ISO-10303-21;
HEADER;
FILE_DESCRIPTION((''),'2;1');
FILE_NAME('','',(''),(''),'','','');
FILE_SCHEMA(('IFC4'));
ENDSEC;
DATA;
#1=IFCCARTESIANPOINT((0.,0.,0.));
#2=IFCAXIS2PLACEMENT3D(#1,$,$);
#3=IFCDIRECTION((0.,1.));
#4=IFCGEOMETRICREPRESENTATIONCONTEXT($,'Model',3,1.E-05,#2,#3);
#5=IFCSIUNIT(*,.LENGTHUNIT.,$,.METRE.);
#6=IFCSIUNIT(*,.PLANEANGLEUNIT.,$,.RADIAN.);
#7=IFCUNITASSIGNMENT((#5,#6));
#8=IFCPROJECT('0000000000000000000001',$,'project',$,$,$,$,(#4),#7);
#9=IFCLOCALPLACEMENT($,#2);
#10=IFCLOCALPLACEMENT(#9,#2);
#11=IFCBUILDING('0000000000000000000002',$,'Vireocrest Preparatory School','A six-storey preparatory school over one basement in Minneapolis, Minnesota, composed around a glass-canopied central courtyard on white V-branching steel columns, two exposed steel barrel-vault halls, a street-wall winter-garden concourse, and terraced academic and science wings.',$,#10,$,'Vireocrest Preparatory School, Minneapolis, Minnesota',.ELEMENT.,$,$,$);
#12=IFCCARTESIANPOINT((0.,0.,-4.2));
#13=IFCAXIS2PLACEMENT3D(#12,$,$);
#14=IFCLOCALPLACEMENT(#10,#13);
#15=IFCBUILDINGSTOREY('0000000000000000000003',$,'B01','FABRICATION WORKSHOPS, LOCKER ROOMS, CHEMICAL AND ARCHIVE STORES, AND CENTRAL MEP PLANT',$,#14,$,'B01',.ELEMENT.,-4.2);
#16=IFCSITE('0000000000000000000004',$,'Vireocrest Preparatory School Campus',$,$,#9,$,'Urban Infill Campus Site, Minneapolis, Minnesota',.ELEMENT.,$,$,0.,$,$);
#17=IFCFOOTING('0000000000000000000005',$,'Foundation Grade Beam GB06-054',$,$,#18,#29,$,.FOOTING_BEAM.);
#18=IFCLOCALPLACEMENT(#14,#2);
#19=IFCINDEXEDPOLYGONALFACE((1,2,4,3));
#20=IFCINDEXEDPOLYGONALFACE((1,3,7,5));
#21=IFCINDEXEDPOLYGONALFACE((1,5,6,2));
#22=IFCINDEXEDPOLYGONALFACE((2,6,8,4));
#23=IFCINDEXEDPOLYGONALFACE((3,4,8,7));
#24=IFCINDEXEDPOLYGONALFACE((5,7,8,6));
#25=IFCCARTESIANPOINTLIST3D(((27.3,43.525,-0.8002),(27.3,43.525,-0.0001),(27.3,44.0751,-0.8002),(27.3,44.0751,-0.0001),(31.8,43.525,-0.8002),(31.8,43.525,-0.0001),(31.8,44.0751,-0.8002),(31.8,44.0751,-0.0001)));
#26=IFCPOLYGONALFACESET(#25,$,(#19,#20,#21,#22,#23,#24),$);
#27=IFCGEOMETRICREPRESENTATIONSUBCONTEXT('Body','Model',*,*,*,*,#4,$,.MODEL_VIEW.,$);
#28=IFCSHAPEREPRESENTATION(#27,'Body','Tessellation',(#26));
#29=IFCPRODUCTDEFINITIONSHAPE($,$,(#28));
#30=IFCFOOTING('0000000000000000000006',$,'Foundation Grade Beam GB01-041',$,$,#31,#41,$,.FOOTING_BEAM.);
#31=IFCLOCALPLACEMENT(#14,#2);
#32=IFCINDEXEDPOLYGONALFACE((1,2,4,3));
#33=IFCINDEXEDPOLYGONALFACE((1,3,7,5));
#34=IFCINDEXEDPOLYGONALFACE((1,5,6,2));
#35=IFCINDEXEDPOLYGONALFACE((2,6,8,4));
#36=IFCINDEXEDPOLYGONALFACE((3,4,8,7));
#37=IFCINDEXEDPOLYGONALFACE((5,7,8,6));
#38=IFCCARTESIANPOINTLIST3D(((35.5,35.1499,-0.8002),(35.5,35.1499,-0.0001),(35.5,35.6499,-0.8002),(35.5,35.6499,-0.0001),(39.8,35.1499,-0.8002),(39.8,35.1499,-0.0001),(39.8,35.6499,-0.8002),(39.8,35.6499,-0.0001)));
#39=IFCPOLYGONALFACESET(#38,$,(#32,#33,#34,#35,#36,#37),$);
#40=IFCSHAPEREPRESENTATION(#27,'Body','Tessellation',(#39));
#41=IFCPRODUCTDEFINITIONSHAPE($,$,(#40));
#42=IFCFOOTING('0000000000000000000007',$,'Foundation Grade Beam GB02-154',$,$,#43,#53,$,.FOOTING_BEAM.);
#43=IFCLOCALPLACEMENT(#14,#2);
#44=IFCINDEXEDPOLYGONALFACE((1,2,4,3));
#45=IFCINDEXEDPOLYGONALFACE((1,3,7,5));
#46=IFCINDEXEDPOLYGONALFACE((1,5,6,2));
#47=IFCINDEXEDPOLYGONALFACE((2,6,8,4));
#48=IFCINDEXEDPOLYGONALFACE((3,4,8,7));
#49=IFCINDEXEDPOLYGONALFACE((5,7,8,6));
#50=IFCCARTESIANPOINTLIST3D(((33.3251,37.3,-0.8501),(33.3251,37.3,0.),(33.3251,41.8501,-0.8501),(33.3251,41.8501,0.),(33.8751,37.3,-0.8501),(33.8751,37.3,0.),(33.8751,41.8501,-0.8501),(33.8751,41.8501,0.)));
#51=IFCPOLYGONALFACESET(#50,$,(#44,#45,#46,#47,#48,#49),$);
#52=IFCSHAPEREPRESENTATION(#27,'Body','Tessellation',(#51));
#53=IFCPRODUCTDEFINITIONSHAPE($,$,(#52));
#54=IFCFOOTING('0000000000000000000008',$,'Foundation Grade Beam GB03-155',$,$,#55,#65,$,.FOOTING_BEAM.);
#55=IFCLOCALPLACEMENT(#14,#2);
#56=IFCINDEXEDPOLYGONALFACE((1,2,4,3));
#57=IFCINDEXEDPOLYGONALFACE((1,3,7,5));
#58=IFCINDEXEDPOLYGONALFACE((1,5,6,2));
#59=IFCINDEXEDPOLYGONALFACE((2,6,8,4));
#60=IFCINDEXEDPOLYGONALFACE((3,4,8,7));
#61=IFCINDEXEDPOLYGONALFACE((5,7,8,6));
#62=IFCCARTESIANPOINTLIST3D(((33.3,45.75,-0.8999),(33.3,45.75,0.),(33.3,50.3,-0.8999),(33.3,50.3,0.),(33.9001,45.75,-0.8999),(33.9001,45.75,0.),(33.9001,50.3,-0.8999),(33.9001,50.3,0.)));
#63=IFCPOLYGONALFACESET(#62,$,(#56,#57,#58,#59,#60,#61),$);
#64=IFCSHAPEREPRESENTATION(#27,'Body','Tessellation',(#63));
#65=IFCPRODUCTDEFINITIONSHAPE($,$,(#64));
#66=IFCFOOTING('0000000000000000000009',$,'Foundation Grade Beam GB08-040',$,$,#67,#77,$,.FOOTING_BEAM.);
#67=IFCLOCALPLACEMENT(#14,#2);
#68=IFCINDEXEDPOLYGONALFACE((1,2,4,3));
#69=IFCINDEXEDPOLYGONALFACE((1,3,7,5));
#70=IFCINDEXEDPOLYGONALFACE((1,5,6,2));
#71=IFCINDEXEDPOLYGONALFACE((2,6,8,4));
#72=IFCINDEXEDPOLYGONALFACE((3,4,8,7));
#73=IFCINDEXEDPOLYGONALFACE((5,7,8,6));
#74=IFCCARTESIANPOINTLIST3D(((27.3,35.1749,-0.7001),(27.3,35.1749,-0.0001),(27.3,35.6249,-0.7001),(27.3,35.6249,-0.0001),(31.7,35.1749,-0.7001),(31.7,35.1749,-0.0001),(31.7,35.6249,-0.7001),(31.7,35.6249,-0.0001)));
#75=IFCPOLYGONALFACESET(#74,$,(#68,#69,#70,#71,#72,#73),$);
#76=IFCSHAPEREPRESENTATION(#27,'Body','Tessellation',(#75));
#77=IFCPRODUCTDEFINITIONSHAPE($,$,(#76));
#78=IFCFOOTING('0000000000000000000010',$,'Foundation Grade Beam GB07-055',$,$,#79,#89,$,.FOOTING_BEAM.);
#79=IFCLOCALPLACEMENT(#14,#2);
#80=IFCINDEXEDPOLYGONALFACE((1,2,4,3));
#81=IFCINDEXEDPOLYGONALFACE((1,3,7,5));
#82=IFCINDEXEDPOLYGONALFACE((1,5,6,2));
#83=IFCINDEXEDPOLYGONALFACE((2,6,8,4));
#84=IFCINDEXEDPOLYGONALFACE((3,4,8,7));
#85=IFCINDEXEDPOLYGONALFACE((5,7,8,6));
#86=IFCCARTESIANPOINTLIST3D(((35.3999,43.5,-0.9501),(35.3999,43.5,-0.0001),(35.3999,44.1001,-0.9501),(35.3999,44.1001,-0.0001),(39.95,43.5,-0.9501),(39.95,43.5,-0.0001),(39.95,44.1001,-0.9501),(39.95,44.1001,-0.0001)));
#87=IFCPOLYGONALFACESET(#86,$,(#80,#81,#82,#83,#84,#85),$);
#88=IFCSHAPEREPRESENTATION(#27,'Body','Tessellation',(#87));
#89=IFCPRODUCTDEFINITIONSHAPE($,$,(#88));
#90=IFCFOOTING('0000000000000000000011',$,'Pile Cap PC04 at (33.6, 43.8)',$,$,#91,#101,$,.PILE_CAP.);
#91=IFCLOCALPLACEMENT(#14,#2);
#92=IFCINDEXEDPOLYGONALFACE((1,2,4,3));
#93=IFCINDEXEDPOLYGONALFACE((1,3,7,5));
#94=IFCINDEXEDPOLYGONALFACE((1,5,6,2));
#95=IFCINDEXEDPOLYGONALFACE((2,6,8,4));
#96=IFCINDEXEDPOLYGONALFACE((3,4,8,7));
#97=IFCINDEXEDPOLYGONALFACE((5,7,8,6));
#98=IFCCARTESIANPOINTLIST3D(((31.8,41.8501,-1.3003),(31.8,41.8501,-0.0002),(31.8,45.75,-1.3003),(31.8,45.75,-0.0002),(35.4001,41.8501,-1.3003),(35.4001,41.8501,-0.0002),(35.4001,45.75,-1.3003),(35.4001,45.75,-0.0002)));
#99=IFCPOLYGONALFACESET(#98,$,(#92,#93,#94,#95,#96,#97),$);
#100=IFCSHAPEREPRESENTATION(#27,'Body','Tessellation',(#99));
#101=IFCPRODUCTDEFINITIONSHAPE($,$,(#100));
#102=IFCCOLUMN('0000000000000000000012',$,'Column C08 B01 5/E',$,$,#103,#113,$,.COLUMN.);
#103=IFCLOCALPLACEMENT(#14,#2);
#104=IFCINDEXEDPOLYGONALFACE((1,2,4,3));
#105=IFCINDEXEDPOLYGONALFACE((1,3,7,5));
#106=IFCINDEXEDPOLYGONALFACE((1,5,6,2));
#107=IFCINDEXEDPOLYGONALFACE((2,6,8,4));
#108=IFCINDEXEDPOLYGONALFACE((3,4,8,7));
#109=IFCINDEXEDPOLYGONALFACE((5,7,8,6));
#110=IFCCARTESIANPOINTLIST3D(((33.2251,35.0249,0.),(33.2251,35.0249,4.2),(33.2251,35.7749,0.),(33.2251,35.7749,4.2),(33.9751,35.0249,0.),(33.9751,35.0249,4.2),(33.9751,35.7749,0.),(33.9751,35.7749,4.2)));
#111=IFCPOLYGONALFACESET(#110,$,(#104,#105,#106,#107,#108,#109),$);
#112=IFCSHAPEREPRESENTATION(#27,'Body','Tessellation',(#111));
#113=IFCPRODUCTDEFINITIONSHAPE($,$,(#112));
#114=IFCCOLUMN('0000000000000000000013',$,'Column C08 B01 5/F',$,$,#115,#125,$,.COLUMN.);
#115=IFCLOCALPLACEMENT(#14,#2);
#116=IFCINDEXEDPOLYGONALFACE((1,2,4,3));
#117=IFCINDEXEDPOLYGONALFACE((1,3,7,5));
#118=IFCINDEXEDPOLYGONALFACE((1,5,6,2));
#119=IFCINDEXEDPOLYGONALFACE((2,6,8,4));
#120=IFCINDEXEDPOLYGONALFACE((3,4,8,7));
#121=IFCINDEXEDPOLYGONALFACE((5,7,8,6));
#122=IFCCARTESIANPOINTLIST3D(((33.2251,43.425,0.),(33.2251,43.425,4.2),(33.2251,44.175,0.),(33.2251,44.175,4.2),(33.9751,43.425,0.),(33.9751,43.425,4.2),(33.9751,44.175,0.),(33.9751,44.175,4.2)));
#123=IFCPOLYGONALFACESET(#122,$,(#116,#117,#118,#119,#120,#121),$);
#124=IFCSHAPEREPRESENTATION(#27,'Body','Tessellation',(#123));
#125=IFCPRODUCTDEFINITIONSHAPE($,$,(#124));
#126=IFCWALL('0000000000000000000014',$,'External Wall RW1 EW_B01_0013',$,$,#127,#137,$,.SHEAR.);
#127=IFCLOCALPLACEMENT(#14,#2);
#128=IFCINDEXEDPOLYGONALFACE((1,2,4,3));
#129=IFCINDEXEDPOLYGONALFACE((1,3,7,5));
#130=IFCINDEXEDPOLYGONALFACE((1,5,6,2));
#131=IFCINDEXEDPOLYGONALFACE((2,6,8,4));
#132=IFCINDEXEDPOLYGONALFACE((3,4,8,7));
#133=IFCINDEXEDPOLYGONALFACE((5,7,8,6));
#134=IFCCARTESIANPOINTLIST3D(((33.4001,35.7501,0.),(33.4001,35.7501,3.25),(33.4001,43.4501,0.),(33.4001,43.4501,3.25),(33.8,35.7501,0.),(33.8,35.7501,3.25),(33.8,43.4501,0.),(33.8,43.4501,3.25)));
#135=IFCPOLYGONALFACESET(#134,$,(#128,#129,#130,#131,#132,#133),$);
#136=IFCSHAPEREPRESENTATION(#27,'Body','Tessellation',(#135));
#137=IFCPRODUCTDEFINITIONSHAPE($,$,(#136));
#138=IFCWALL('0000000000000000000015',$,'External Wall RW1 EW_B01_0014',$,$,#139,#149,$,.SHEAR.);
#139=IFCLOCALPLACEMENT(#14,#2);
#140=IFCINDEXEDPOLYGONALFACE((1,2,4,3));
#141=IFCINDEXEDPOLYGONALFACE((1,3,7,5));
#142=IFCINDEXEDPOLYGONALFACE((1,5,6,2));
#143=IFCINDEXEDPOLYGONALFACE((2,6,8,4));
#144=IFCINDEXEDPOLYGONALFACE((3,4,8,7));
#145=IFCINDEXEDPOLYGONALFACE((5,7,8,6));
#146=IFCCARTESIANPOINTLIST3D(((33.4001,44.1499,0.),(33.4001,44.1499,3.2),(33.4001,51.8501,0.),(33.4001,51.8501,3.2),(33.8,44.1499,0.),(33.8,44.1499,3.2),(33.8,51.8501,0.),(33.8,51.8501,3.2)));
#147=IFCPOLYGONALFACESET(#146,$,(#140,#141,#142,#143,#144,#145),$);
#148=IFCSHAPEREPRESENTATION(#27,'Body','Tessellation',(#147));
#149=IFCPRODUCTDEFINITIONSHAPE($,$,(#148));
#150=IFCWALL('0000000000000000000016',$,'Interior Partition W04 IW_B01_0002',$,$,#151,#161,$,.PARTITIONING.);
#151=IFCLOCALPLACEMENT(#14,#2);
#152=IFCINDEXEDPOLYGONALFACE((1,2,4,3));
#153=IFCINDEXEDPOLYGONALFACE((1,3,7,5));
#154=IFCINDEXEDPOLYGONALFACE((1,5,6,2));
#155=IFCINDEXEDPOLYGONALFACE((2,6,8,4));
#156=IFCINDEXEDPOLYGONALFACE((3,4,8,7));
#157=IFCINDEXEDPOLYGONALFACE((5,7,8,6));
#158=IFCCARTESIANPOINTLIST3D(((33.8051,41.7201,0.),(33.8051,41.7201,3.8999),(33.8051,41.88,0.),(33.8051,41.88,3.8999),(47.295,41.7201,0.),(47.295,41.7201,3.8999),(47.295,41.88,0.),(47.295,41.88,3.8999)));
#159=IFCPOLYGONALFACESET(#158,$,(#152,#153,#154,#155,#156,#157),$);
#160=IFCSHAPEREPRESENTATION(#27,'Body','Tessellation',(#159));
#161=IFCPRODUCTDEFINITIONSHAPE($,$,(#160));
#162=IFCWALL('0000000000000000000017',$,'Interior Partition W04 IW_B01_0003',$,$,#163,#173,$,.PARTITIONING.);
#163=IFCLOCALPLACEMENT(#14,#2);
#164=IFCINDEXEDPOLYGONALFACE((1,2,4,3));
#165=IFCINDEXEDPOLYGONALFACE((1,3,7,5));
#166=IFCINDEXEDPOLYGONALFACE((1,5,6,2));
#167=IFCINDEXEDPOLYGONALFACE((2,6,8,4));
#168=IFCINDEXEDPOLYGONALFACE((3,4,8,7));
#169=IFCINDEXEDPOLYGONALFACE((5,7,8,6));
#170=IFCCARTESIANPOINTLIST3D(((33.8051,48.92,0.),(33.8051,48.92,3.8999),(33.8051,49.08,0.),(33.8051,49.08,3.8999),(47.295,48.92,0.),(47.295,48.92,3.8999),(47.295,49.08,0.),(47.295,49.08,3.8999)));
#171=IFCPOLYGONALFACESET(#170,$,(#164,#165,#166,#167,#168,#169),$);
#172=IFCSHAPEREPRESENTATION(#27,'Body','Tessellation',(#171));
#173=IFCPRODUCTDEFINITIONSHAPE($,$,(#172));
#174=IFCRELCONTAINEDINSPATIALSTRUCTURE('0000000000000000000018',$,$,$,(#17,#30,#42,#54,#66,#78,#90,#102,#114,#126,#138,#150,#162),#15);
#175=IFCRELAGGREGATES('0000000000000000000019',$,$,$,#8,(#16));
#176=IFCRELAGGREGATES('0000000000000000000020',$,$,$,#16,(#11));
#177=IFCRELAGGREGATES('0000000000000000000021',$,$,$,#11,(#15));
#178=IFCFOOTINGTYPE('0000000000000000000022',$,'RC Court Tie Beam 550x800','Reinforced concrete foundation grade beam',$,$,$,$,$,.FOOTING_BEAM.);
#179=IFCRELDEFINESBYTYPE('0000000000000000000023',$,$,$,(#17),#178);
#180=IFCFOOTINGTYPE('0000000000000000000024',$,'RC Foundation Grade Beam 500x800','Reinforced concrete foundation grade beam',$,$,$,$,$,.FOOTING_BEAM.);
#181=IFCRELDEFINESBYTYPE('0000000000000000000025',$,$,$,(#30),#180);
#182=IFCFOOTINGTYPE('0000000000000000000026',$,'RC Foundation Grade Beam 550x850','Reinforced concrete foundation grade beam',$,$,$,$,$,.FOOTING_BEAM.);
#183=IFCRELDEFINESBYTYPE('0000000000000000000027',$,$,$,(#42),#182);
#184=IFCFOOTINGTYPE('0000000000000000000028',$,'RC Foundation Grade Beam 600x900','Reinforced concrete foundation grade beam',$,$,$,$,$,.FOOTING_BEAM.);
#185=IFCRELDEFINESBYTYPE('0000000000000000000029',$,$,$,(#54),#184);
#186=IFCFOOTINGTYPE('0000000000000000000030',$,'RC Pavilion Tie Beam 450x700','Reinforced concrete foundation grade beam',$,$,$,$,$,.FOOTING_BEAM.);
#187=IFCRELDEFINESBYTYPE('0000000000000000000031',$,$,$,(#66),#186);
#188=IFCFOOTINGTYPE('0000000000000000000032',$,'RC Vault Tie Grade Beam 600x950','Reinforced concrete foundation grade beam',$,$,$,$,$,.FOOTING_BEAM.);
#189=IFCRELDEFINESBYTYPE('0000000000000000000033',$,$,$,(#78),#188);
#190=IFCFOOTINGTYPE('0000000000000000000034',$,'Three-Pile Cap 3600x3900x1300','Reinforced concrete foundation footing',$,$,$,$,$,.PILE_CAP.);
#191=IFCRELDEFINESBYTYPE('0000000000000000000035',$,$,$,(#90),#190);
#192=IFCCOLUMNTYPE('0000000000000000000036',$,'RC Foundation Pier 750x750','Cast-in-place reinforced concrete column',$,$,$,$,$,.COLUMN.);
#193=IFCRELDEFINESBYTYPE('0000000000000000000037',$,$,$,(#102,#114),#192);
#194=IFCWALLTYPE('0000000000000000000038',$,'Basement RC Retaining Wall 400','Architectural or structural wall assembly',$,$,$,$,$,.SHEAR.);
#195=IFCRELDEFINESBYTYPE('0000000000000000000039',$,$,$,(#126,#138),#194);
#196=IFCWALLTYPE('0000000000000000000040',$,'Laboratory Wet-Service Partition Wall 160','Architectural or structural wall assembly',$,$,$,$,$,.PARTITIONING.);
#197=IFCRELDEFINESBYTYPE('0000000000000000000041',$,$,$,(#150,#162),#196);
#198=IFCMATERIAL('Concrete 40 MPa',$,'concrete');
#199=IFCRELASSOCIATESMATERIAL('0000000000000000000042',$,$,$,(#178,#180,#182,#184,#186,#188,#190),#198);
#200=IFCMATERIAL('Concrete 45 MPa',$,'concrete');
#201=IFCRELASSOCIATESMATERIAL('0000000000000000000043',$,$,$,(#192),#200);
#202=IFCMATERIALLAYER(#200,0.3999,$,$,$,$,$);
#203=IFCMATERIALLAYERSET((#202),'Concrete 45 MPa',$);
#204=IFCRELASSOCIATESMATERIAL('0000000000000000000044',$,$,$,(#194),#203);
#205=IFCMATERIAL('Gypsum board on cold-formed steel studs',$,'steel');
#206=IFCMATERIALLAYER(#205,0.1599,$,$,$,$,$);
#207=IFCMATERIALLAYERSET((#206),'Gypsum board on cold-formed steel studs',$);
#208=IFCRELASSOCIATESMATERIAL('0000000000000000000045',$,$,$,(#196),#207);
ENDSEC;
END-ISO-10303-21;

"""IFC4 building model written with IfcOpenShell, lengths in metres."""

from ifc_helpers import new_model, si_unit, direction, frame, frame_2d, origin, origin_2d, place, context, subcontext, project, spatial, rectangle, extrude, material, layer, layer_set, material_profile, profile_set, type_object, element, save


model = new_model("IFC4")

# Units and contexts
model_context = context("Model", 3, precision=1e-05, world=origin(), true_north=direction((0.0, 1.0)))
body_context = subcontext(model_context, "Body", "Model", "MODEL_VIEW")
ifc_project = project(units=[si_unit("LENGTHUNIT", "METRE"), si_unit("PLANEANGLEUNIT", "RADIAN")], contexts=[model_context])

# Site, building, storey
site_placement = place(None, origin())
site = spatial("IfcSite", under=ifc_project, at=site_placement, Name="Vireocrest Preparatory School Campus", LongName="Urban Infill Campus Site, Minneapolis, Minnesota", CompositionType="ELEMENT", RefElevation=0.0)
building_placement = place(site_placement, origin())
building = spatial("IfcBuilding", under=site, at=building_placement, Name="Vireocrest Preparatory School", Description="A six-storey preparatory school over one basement in Minneapolis, Minnesota, composed around a glass-canopied central courtyard on white V-branching steel columns, two exposed steel barrel-vault halls, a street-wall winter-garden concourse, and terraced academic and science wings.", LongName="Vireocrest Preparatory School, Minneapolis, Minnesota", CompositionType="ELEMENT")
storey_placement = place(building_placement, frame((0.0, 0.0, -4.2)))
storey = spatial("IfcBuildingStorey", under=building, at=storey_placement, Name="B01", Description="FABRICATION WORKSHOPS, LOCKER ROOMS, CHEMICAL AND ARCHIVE STORES, AND CENTRAL MEP PLANT", LongName="B01", CompositionType="ELEMENT", Elevation=-4.2)

# Shared definitions
ifc_material_1 = material(Name="Concrete 40 MPa", Category="concrete")

# Footings
ifc_material_profile_1 = material_profile(ifc_material_1, rectangle(XDim=0.55, YDim=0.8, at=origin_2d()), Name="GB 550x800")
ifc_profile_set_1 = profile_set([ifc_material_profile_1], Name="Concrete 40 MPa")
footing_type_1 = type_object("IfcFootingType", Name="RC Court Tie Beam 550x800", Description="Reinforced concrete foundation grade beam", PredefinedType="FOOTING_BEAM", material=ifc_profile_set_1)
footing_1_placement = place(storey_placement, frame((27.3, 43.8, -0.4001), z_axis=(1.0, 0.0, 0.0), x_axis=(0.0, 1.0, 0.0)))
element("IfcFooting", 1, at=footing_1_placement, inside=storey, type_object=footing_type_1, Name="Foundation Grade Beam GB06-054", PredefinedType="FOOTING_BEAM", context=body_context, shape_type="SweptSolid", body=[
    extrude(rectangle(XDim=0.55, YDim=0.8, at=origin_2d()), origin(), (0.0, 0.0, 1.0), 4.5),
])
ifc_material_profile_2 = material_profile(ifc_material_1, rectangle(XDim=0.5, YDim=0.8, at=origin_2d()), Name="GB 500x800")
ifc_profile_set_2 = profile_set([ifc_material_profile_2], Name="Concrete 40 MPa")
footing_type_2 = type_object("IfcFootingType", Name="RC Foundation Grade Beam 500x800", Description="Reinforced concrete foundation grade beam", PredefinedType="FOOTING_BEAM", material=ifc_profile_set_2)
footing_2_placement = place(storey_placement, frame((35.5, 35.3999, -0.4001), z_axis=(1.0, 0.0, 0.0), x_axis=(0.0, 1.0, 0.0)))
element("IfcFooting", 2, at=footing_2_placement, inside=storey, type_object=footing_type_2, Name="Foundation Grade Beam GB01-041", PredefinedType="FOOTING_BEAM", context=body_context, shape_type="SweptSolid", body=[
    extrude(rectangle(XDim=0.5, YDim=0.8, at=origin_2d()), origin(), (0.0, 0.0, 1.0), 4.3),
])
ifc_material_profile_3 = material_profile(ifc_material_1, rectangle(XDim=0.55, YDim=0.8501, at=origin_2d()), Name="GB 550x850")
ifc_profile_set_3 = profile_set([ifc_material_profile_3], Name="Concrete 40 MPa")
footing_type_3 = type_object("IfcFootingType", Name="RC Foundation Grade Beam 550x850", Description="Reinforced concrete foundation grade beam", PredefinedType="FOOTING_BEAM", material=ifc_profile_set_3)
footing_3_placement = place(storey_placement, frame((33.6001, 37.3, -0.425), z_axis=(0.0, 1.0, 0.0), x_axis=(-1.0, 0.0, 0.0)))
element("IfcFooting", 3, at=footing_3_placement, inside=storey, type_object=footing_type_3, Name="Foundation Grade Beam GB02-154", PredefinedType="FOOTING_BEAM", context=body_context, shape_type="SweptSolid", body=[
    extrude(rectangle(XDim=0.55, YDim=0.8501, at=origin_2d()), origin(), (0.0, 0.0, 1.0), 4.55),
])
ifc_material_profile_4 = material_profile(ifc_material_1, rectangle(XDim=0.6001, YDim=0.8999, at=origin_2d()), Name="GB 600x900")
ifc_profile_set_4 = profile_set([ifc_material_profile_4], Name="Concrete 40 MPa")
footing_type_4 = type_object("IfcFootingType", Name="RC Foundation Grade Beam 600x900", Description="Reinforced concrete foundation grade beam", PredefinedType="FOOTING_BEAM", material=ifc_profile_set_4)
footing_4_placement = place(storey_placement, frame((33.6001, 45.75, -0.45), z_axis=(0.0, 1.0, 0.0), x_axis=(-1.0, 0.0, 0.0)))
element("IfcFooting", 4, at=footing_4_placement, inside=storey, type_object=footing_type_4, Name="Foundation Grade Beam GB03-155", PredefinedType="FOOTING_BEAM", context=body_context, shape_type="SweptSolid", body=[
    extrude(rectangle(XDim=0.6001, YDim=0.8999, at=origin_2d()), origin(), (0.0, 0.0, 1.0), 4.55),
])
ifc_material_profile_5 = material_profile(ifc_material_1, rectangle(XDim=0.45, YDim=0.7, at=origin_2d()), Name="GB 450x700")
ifc_profile_set_5 = profile_set([ifc_material_profile_5], Name="Concrete 40 MPa")
footing_type_5 = type_object("IfcFootingType", Name="RC Pavilion Tie Beam 450x700", Description="Reinforced concrete foundation grade beam", PredefinedType="FOOTING_BEAM", material=ifc_profile_set_5)
footing_5_placement = place(storey_placement, frame((27.3, 35.3999, -0.3501), z_axis=(1.0, 0.0, 0.0), x_axis=(0.0, 1.0, 0.0)))
element("IfcFooting", 5, at=footing_5_placement, inside=storey, type_object=footing_type_5, Name="Foundation Grade Beam GB08-040", PredefinedType="FOOTING_BEAM", context=body_context, shape_type="SweptSolid", body=[
    extrude(rectangle(XDim=0.45, YDim=0.7, at=origin_2d()), origin(), (0.0, 0.0, 1.0), 4.3999),
])
ifc_material_profile_6 = material_profile(ifc_material_1, rectangle(XDim=0.6001, YDim=0.95, at=origin_2d()), Name="GB 600x950")
ifc_profile_set_6 = profile_set([ifc_material_profile_6], Name="Concrete 40 MPa")
footing_type_6 = type_object("IfcFootingType", Name="RC Vault Tie Grade Beam 600x950", Description="Reinforced concrete foundation grade beam", PredefinedType="FOOTING_BEAM", material=ifc_profile_set_6)
footing_6_placement = place(storey_placement, frame((35.3999, 43.8, -0.4751), z_axis=(1.0, 0.0, 0.0), x_axis=(0.0, 1.0, 0.0)))
element("IfcFooting", 6, at=footing_6_placement, inside=storey, type_object=footing_type_6, Name="Foundation Grade Beam GB07-055", PredefinedType="FOOTING_BEAM", context=body_context, shape_type="SweptSolid", body=[
    extrude(rectangle(XDim=0.6001, YDim=0.95, at=origin_2d()), origin(), (0.0, 0.0, 1.0), 4.55),
])
footing_type_7 = type_object("IfcFootingType", Name="Three-Pile Cap 3600x3900x1300", Description="Reinforced concrete foundation footing", PredefinedType="PILE_CAP", material=ifc_material_1)
footing_7_placement = place(storey_placement, frame((33.6001, 43.8, -1.3003), z_axis=(0.0, 0.0, 1.0), x_axis=(1.0, 0.0, 0.0)))
element("IfcFooting", 7, at=footing_7_placement, inside=storey, type_object=footing_type_7, Name="Pile Cap PC04 at (33.6, 43.8)", PredefinedType="PILE_CAP", context=body_context, shape_type="SweptSolid", body=[
    extrude(rectangle(XDim=3.6001, YDim=3.8999, at=origin_2d()), origin(), (0.0, 0.0, 1.0), 1.3),
])

# Columns
ifc_material_2 = material(Name="Concrete 45 MPa", Category="concrete")
ifc_material_profile_7 = material_profile(ifc_material_2, rectangle(XDim=0.75, YDim=0.75, at=origin_2d()), Name="RC 750x750")
ifc_profile_set_7 = profile_set([ifc_material_profile_7], Name="Concrete 45 MPa")
column_type = type_object("IfcColumnType", Name="RC Foundation Pier 750x750", Description="Cast-in-place reinforced concrete column", PredefinedType="COLUMN", material=ifc_profile_set_7)
for number, where, z_axis, x_axis, name in (
    (8, (33.6001, 35.3999, 0.0), (0.0, 0.0, 1.0), (1.0, 0.0, 0.0), "Column C08 B01 5/E"),
    (9, (33.6001, 43.8, 0.0), (0.0, 0.0, 1.0), (1.0, 0.0, 0.0), "Column C08 B01 5/F"),
):
    element("IfcColumn", number, at=place(storey_placement, frame(where, z_axis=z_axis, x_axis=x_axis)), inside=storey, type_object=column_type, Name=name, PredefinedType="COLUMN", context=body_context, shape_type="SweptSolid", body=[
        extrude(rectangle(XDim=0.75, YDim=0.75, at=origin_2d()), origin(), (0.0, 0.0, 1.0), 4.2),
    ])

# Walls
ifc_layer_1 = layer(ifc_material_2, 0.3999)
ifc_layer_set_1 = layer_set([ifc_layer_1], Name="Concrete 45 MPa")
wall_type_1 = type_object("IfcWallType", Name="Basement RC Retaining Wall 400", Description="Architectural or structural wall assembly", PredefinedType="SHEAR", material=ifc_layer_set_1)
wall_1_placement = place(storey_placement, frame((33.6001, 35.75, 0.0), z_axis=(0.0, 0.0, 1.0), x_axis=(0.0, 1.0, 0.0)))
element("IfcWall", 10, at=wall_1_placement, inside=storey, type_object=wall_type_1, Name="External Wall RW1 EW_B01_0013", PredefinedType="SHEAR", context=body_context, shape_type="SweptSolid", body=[
    extrude(rectangle(XDim=7.7, YDim=0.3999, at=frame_2d((3.8501, 0.0))), origin(), (0.0, 0.0, 1.0), 3.25),
])
wall_2_placement = place(storey_placement, frame((33.6001, 44.1499, 0.0), z_axis=(0.0, 0.0, 1.0), x_axis=(0.0, 1.0, 0.0)))
element("IfcWall", 11, at=wall_2_placement, inside=storey, type_object=wall_type_1, Name="External Wall RW1 EW_B01_0014", PredefinedType="SHEAR", context=body_context, shape_type="SweptSolid", body=[
    extrude(rectangle(XDim=7.7002, YDim=0.3999, at=frame_2d((3.8501, 0.0))), origin(), (0.0, 0.0, 1.0), 3.2),
])
ifc_material_3 = material(Name="Gypsum board on cold-formed steel studs", Category="steel")
ifc_layer_2 = layer(ifc_material_3, 0.1599)
ifc_layer_set_2 = layer_set([ifc_layer_2], Name="Gypsum board on cold-formed steel studs")
wall_type_2 = type_object("IfcWallType", Name="Laboratory Wet-Service Partition Wall 160", Description="Architectural or structural wall assembly", PredefinedType="PARTITIONING", material=ifc_layer_set_2)
for number, where, z_axis, x_axis, name in (
    (12, (33.8049, 41.8, 0.0), (0.0, 0.0, 1.0), (1.0, 0.0, 0.0), "Interior Partition W04 IW_B01_0002"),
    (13, (33.8049, 49.0, 0.0), (0.0, 0.0, 1.0), (1.0, 0.0, 0.0), "Interior Partition W04 IW_B01_0003"),
):
    element("IfcWall", number, at=place(storey_placement, frame(where, z_axis=z_axis, x_axis=x_axis)), inside=storey, type_object=wall_type_2, Name=name, PredefinedType="PARTITIONING", context=body_context, shape_type="SweptSolid", body=[
        extrude(rectangle(XDim=13.49, YDim=0.1599, at=frame_2d((6.7451, 0.0))), origin(), (0.0, 0.0, 1.0), 3.8999),
    ])

save(model, "model.ifc")
